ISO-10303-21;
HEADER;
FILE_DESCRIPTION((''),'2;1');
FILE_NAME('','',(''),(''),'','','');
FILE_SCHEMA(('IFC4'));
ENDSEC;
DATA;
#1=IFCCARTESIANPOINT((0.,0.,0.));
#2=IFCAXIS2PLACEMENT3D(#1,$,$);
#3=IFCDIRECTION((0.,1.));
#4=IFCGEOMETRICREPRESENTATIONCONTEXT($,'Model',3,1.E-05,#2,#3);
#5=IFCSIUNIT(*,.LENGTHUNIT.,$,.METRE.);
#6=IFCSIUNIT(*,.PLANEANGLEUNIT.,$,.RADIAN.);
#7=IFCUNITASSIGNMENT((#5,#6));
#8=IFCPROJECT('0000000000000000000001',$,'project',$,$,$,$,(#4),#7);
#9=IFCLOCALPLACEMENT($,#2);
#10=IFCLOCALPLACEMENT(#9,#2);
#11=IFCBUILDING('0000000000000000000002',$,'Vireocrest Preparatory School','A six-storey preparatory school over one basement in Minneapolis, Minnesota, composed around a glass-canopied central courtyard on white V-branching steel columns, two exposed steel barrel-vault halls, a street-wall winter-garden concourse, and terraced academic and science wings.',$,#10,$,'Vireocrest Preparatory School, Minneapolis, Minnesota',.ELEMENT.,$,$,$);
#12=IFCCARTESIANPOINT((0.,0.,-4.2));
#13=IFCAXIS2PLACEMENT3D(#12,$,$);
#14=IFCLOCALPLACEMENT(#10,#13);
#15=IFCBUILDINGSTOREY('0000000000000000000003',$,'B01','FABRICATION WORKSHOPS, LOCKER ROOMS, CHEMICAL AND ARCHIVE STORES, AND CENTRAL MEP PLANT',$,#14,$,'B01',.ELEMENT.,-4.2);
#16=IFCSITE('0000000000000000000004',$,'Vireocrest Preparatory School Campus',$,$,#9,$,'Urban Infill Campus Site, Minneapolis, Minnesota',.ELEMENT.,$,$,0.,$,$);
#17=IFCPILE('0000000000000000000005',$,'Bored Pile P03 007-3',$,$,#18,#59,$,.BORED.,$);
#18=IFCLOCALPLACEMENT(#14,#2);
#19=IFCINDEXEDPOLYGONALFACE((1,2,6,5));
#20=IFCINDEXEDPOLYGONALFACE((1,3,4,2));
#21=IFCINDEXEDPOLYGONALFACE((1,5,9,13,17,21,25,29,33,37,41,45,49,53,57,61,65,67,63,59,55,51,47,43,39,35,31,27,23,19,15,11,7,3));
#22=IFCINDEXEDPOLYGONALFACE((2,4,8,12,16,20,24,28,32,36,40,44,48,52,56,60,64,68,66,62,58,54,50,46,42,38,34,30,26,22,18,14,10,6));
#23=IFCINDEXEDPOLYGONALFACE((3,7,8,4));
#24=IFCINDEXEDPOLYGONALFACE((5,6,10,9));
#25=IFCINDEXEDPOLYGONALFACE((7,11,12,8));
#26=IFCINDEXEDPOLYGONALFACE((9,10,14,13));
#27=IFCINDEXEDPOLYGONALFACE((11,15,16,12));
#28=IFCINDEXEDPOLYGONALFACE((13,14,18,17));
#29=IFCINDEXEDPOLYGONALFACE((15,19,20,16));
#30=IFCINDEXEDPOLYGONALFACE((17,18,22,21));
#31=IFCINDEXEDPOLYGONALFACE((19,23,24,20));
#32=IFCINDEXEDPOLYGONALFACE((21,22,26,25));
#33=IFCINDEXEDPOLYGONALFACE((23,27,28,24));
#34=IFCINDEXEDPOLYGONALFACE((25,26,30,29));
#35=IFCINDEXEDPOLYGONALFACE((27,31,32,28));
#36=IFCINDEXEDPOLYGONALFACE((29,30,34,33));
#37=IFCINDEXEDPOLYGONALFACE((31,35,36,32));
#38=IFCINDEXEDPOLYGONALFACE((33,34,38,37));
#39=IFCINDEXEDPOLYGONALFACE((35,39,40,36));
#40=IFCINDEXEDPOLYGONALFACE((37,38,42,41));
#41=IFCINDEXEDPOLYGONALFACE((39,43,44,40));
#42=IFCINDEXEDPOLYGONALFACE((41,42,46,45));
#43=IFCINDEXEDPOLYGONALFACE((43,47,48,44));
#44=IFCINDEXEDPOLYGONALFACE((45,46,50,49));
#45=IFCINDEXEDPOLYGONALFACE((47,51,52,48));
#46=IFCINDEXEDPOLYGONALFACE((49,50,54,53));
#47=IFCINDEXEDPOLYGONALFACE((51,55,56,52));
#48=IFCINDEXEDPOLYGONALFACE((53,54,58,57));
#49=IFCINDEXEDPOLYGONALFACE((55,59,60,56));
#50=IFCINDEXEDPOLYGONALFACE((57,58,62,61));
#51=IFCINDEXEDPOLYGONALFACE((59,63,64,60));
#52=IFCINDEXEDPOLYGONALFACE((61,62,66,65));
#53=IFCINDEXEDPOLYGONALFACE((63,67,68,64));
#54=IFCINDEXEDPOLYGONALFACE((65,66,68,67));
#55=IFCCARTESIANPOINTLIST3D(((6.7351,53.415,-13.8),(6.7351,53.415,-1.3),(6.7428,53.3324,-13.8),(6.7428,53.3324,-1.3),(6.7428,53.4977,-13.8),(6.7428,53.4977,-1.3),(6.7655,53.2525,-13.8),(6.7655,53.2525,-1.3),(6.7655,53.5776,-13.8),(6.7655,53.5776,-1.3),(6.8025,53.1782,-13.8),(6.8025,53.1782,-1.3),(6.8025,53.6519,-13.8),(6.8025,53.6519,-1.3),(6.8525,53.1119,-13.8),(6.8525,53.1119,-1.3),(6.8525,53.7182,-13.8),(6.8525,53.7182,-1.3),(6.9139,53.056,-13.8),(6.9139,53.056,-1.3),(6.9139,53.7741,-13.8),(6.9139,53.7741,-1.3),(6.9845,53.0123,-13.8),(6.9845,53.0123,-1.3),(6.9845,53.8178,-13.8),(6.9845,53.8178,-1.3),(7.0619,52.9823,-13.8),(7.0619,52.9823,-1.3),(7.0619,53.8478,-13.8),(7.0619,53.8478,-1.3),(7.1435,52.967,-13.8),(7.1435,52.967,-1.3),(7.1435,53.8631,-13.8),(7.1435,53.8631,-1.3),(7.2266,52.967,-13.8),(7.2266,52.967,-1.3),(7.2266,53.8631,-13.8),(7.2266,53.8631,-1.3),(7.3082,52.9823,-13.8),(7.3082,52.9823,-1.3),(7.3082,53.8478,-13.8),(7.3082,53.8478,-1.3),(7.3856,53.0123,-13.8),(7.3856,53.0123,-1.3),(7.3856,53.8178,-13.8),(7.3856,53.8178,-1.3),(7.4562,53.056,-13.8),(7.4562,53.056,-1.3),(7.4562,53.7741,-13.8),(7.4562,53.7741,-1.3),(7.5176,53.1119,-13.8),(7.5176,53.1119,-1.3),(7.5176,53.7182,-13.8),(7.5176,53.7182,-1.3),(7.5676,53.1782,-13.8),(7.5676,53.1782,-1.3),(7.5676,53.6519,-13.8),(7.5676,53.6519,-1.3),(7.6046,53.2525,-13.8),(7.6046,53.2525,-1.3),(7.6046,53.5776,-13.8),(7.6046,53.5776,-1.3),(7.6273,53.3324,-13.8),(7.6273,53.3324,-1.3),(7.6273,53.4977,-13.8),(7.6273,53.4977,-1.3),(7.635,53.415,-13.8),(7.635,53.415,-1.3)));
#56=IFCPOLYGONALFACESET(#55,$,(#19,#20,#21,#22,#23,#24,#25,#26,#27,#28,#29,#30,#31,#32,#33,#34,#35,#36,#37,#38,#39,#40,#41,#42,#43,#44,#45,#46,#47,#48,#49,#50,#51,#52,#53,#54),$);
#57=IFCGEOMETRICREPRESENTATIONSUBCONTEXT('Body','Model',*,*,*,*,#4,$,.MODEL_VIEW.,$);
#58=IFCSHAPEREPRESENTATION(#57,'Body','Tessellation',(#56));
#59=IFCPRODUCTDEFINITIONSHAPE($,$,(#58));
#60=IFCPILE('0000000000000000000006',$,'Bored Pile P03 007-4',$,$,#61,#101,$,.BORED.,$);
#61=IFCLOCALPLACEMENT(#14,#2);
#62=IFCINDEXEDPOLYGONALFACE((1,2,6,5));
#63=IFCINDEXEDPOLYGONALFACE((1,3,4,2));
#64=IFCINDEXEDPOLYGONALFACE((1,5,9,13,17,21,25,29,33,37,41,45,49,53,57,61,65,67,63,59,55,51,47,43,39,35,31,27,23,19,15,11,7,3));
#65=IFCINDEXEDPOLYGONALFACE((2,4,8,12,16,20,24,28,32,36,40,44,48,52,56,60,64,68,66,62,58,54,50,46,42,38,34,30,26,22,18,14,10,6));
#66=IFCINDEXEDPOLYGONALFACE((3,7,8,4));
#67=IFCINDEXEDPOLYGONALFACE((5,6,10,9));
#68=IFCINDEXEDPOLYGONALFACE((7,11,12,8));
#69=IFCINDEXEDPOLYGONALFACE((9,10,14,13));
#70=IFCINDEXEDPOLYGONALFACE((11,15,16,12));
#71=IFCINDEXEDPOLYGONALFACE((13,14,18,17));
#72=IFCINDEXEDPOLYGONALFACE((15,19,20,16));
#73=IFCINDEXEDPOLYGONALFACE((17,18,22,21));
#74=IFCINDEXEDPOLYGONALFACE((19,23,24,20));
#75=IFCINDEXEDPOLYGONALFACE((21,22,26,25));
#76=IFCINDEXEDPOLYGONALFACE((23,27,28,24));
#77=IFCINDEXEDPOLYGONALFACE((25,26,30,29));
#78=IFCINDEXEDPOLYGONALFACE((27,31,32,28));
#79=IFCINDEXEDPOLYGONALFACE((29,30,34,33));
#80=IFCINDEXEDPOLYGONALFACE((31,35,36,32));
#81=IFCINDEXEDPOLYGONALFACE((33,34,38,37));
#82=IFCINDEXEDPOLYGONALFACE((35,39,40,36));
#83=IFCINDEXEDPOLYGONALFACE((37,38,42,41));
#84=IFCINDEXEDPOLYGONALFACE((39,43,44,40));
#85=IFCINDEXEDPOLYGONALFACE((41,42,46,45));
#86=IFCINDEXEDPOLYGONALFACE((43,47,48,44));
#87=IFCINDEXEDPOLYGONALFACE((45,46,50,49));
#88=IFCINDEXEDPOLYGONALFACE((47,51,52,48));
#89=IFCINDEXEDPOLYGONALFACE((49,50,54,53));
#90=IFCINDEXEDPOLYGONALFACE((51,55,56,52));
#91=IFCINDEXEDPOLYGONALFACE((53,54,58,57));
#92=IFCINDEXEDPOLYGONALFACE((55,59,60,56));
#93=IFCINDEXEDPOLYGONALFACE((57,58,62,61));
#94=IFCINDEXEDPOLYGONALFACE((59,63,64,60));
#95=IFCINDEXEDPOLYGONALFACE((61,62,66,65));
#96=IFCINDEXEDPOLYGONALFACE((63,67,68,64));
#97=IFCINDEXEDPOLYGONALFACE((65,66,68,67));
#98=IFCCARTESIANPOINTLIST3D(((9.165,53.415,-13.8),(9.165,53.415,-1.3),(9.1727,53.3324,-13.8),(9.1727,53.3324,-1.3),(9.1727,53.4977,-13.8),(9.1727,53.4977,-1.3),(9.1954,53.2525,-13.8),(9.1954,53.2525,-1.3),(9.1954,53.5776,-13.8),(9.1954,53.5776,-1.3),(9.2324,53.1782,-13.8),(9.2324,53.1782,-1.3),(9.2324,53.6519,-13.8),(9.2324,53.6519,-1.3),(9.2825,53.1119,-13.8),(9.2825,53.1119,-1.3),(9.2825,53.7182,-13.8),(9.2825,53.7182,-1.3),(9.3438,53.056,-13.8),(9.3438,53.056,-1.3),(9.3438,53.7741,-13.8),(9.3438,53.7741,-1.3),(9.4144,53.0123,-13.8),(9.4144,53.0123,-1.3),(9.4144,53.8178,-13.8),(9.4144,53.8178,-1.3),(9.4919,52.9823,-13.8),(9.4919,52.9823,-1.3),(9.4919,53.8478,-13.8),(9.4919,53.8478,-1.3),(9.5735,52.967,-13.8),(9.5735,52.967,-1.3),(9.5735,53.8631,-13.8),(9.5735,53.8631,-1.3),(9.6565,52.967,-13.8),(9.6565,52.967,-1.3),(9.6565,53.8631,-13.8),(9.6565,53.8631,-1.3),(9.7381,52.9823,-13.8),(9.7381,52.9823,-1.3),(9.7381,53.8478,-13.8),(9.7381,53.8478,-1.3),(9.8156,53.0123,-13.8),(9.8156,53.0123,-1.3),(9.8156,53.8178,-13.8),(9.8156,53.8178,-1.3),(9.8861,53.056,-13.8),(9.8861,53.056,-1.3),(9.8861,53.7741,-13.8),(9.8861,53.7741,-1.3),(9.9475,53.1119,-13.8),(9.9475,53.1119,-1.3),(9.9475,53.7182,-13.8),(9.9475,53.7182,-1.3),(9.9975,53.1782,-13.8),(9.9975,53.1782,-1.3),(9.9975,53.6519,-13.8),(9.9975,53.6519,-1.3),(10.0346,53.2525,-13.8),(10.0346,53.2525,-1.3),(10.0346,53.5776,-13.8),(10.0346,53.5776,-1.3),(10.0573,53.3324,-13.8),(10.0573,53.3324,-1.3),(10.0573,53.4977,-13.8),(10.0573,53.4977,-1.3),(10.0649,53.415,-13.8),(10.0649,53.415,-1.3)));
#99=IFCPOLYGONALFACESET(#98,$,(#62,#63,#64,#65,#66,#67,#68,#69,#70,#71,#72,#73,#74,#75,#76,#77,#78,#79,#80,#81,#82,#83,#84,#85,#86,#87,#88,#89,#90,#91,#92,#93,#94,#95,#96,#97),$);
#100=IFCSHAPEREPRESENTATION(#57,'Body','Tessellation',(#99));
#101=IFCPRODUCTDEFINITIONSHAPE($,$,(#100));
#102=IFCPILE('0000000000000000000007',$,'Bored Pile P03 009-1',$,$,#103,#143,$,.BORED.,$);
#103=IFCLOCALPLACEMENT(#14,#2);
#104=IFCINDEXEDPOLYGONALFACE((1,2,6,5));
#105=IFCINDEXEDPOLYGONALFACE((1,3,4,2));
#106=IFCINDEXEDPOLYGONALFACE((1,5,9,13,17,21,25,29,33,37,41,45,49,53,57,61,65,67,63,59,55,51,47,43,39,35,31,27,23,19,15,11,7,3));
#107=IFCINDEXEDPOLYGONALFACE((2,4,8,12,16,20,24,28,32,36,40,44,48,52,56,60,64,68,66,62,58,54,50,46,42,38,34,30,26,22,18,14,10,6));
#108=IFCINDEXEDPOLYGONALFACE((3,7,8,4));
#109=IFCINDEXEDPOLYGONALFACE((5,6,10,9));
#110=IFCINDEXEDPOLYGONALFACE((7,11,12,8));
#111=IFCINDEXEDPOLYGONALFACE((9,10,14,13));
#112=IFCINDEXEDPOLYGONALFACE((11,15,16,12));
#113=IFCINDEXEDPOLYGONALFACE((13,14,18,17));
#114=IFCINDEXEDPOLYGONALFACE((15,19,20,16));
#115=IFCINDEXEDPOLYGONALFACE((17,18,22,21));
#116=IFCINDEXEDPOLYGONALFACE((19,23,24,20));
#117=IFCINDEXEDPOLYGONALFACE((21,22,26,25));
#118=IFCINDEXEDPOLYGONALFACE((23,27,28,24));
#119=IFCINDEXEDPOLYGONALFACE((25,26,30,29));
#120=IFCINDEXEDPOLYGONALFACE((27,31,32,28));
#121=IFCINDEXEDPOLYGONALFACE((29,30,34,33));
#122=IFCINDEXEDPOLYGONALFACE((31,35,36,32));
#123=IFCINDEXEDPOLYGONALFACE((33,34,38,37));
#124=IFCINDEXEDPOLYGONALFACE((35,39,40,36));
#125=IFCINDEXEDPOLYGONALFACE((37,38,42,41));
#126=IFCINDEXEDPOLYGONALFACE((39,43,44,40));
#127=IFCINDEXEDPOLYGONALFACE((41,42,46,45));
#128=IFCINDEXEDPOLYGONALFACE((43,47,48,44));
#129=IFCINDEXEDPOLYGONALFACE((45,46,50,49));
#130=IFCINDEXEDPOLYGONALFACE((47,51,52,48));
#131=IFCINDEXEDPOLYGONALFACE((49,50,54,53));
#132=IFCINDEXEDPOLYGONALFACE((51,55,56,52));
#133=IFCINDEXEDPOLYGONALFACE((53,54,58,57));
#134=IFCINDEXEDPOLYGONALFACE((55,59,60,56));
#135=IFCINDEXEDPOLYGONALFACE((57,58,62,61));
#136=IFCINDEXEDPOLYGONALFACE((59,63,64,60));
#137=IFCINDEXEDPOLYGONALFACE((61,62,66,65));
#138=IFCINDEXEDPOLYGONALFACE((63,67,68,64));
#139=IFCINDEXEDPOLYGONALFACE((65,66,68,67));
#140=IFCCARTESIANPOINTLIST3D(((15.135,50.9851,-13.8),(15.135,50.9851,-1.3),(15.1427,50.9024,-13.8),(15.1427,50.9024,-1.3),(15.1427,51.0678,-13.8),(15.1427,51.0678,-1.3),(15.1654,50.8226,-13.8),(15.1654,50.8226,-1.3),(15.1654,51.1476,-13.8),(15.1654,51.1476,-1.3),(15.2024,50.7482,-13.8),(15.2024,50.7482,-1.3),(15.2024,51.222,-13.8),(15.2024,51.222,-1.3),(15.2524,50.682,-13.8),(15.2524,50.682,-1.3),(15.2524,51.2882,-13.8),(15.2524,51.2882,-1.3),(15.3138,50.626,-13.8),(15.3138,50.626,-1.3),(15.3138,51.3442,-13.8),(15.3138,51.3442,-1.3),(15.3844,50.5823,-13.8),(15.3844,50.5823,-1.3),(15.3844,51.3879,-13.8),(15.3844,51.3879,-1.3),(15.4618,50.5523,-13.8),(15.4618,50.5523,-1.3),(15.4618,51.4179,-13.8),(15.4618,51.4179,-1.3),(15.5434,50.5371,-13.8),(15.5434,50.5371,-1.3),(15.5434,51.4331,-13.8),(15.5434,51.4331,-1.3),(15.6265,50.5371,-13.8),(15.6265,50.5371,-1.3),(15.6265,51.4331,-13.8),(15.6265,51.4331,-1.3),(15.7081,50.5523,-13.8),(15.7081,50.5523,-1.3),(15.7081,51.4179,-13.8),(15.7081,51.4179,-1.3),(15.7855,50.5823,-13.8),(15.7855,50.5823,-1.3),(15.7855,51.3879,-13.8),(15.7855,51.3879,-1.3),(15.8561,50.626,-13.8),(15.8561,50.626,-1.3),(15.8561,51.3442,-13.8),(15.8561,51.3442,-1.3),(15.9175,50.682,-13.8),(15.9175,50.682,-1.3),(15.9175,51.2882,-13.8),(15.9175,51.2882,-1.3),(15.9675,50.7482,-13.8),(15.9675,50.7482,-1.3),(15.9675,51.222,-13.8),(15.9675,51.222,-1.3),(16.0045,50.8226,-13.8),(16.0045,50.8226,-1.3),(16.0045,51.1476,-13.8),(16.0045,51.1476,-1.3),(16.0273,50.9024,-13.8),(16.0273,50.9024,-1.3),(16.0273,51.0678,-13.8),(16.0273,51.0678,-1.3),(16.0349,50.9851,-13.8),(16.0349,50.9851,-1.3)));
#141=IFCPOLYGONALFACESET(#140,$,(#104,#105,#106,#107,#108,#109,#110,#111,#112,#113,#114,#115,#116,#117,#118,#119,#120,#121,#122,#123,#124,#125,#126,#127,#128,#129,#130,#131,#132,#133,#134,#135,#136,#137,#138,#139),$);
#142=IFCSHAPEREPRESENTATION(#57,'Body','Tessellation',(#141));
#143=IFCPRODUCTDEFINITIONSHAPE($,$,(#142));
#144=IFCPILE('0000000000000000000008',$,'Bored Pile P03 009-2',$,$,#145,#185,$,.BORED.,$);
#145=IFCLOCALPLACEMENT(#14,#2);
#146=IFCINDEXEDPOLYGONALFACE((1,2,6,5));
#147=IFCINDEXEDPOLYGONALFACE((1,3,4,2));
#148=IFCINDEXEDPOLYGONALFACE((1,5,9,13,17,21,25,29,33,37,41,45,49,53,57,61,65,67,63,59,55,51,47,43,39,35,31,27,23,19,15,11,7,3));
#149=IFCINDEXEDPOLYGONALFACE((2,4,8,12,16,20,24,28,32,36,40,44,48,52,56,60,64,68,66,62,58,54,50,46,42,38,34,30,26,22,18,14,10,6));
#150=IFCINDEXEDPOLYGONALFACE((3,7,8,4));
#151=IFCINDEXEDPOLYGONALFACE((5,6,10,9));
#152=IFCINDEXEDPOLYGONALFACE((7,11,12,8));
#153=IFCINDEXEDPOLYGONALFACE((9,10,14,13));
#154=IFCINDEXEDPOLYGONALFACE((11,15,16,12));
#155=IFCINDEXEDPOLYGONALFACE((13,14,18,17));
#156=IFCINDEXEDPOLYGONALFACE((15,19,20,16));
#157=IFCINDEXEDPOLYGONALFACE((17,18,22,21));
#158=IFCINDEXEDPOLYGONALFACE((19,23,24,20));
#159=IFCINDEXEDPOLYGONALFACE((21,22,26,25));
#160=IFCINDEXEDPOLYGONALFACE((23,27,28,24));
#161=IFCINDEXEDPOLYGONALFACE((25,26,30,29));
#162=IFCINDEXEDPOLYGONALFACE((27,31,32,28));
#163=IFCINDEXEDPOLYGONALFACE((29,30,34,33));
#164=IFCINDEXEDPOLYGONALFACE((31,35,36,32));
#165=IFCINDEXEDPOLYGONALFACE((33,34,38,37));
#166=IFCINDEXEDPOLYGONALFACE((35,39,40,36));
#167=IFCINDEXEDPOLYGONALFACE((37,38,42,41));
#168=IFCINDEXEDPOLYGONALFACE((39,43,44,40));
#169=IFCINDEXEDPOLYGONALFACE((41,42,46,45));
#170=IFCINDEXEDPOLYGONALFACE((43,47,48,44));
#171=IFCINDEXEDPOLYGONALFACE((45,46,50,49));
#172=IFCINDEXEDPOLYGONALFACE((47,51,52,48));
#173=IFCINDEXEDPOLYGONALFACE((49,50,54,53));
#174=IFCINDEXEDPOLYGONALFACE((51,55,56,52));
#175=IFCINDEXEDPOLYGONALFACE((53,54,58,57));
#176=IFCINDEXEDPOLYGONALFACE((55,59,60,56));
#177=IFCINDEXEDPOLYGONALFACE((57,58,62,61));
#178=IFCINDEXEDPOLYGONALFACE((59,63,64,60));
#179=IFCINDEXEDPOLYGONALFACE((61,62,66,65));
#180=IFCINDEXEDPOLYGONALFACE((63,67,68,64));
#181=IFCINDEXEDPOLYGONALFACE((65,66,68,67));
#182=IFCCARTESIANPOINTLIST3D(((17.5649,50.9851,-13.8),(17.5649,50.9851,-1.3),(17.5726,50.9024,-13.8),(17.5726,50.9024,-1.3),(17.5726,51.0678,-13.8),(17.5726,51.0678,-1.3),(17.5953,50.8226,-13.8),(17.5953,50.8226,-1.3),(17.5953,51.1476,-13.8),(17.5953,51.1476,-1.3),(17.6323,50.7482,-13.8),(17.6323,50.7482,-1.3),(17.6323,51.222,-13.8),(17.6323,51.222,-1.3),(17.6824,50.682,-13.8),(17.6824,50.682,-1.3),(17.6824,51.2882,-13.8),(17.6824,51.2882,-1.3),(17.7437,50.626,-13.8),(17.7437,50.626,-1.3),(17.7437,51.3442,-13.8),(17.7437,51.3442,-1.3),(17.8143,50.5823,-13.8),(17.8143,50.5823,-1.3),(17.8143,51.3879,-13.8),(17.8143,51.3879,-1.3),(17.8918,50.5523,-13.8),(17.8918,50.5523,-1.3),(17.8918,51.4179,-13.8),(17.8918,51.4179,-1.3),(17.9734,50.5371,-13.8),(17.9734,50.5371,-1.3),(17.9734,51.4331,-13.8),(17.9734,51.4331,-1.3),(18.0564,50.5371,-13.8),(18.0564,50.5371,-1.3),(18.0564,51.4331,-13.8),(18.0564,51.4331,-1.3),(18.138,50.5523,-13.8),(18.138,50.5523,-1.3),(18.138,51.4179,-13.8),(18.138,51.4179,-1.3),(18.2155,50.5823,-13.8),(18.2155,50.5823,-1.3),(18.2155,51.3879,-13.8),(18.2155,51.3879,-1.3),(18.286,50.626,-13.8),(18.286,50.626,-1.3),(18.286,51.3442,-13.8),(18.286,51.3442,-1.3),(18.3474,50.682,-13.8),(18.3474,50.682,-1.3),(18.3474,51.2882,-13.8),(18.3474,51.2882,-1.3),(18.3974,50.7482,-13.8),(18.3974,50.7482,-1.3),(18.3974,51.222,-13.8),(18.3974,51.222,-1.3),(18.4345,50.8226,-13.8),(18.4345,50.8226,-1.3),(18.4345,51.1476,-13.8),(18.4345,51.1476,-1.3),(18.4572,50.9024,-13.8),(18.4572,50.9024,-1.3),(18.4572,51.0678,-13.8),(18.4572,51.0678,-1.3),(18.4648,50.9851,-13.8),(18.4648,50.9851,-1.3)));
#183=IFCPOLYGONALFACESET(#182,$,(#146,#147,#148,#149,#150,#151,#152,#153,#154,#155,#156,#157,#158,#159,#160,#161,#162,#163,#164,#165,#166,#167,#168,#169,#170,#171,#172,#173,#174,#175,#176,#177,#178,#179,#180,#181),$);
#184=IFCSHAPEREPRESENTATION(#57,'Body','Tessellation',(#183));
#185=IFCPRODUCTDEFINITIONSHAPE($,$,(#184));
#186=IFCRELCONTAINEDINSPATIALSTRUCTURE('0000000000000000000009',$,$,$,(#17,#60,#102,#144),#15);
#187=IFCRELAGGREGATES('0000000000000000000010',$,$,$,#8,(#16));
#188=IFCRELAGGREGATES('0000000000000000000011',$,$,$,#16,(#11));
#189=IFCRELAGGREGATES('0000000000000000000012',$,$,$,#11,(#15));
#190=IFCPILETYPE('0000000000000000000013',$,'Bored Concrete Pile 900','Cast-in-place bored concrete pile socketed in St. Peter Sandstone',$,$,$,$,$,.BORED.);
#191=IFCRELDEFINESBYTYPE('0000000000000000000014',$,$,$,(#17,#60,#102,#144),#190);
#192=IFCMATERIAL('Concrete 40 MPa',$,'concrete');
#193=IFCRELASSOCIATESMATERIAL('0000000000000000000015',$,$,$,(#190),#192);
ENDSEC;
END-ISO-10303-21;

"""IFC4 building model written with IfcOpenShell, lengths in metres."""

from ifc_helpers import new_model, si_unit, direction, frame, origin, origin_2d, place, context, subcontext, project, spatial, circle, extrude, material, material_profile, profile_set, type_object, element, save


model = new_model("IFC4")

# Units and contexts
model_context = context("Model", 3, precision=1e-05, world=origin(), true_north=direction((0.0, 1.0)))
body_context = subcontext(model_context, "Body", "Model", "MODEL_VIEW")
ifc_project = project(units=[si_unit("LENGTHUNIT", "METRE"), si_unit("PLANEANGLEUNIT", "RADIAN")], contexts=[model_context])

# Site, building, storey
site_placement = place(None, origin())
site = spatial("IfcSite", under=ifc_project, at=site_placement, Name="Vireocrest Preparatory School Campus", LongName="Urban Infill Campus Site, Minneapolis, Minnesota", CompositionType="ELEMENT", RefElevation=0.0)
building_placement = place(site_placement, origin())
building = spatial("IfcBuilding", under=site, at=building_placement, Name="Vireocrest Preparatory School", Description="A six-storey preparatory school over one basement in Minneapolis, Minnesota, composed around a glass-canopied central courtyard on white V-branching steel columns, two exposed steel barrel-vault halls, a street-wall winter-garden concourse, and terraced academic and science wings.", LongName="Vireocrest Preparatory School, Minneapolis, Minnesota", CompositionType="ELEMENT")
storey_placement = place(building_placement, frame((0.0, 0.0, -4.2)))
storey = spatial("IfcBuildingStorey", under=building, at=storey_placement, Name="B01", Description="FABRICATION WORKSHOPS, LOCKER ROOMS, CHEMICAL AND ARCHIVE STORES, AND CENTRAL MEP PLANT", LongName="B01", CompositionType="ELEMENT", Elevation=-4.2)

# Piles
ifc_material_1 = material(Name="Concrete 40 MPa", Category="concrete")
ifc_material_profile_1 = material_profile(ifc_material_1, circle(Radius=0.45, at=origin_2d()), Name="BORED PILE 900")
ifc_profile_set_1 = profile_set([ifc_material_profile_1], Name="Concrete 40 MPa")
pile_type = type_object("IfcPileType", Name="Bored Concrete Pile 900", Description="Cast-in-place bored concrete pile socketed in St. Peter Sandstone", PredefinedType="BORED", material=ifc_profile_set_1)
for number, where, z_axis, x_axis, name in (
    (1, (7.1851, 53.415, -1.3), (0.0, 0.0, -1.0), (1.0, 0.0, 0.0), "Bored Pile P03 007-3"),
    (2, (9.615, 53.415, -1.3), (0.0, 0.0, -1.0), (1.0, 0.0, 0.0), "Bored Pile P03 007-4"),
    (3, (15.585, 50.9851, -1.3), (0.0, 0.0, -1.0), (1.0, 0.0, 0.0), "Bored Pile P03 009-1"),
    (4, (18.0149, 50.9851, -1.3), (0.0, 0.0, -1.0), (1.0, 0.0, 0.0), "Bored Pile P03 009-2"),
):
    element("IfcPile", number, at=place(storey_placement, frame(where, z_axis=z_axis, x_axis=x_axis)), inside=storey, type_object=pile_type, Name=name, PredefinedType="BORED", context=body_context, shape_type="SweptSolid", body=[
        extrude(circle(Radius=0.45, at=origin_2d()), origin(), (0.0, 0.0, 1.0), 12.5),
    ])

save(model, "model.ifc")
